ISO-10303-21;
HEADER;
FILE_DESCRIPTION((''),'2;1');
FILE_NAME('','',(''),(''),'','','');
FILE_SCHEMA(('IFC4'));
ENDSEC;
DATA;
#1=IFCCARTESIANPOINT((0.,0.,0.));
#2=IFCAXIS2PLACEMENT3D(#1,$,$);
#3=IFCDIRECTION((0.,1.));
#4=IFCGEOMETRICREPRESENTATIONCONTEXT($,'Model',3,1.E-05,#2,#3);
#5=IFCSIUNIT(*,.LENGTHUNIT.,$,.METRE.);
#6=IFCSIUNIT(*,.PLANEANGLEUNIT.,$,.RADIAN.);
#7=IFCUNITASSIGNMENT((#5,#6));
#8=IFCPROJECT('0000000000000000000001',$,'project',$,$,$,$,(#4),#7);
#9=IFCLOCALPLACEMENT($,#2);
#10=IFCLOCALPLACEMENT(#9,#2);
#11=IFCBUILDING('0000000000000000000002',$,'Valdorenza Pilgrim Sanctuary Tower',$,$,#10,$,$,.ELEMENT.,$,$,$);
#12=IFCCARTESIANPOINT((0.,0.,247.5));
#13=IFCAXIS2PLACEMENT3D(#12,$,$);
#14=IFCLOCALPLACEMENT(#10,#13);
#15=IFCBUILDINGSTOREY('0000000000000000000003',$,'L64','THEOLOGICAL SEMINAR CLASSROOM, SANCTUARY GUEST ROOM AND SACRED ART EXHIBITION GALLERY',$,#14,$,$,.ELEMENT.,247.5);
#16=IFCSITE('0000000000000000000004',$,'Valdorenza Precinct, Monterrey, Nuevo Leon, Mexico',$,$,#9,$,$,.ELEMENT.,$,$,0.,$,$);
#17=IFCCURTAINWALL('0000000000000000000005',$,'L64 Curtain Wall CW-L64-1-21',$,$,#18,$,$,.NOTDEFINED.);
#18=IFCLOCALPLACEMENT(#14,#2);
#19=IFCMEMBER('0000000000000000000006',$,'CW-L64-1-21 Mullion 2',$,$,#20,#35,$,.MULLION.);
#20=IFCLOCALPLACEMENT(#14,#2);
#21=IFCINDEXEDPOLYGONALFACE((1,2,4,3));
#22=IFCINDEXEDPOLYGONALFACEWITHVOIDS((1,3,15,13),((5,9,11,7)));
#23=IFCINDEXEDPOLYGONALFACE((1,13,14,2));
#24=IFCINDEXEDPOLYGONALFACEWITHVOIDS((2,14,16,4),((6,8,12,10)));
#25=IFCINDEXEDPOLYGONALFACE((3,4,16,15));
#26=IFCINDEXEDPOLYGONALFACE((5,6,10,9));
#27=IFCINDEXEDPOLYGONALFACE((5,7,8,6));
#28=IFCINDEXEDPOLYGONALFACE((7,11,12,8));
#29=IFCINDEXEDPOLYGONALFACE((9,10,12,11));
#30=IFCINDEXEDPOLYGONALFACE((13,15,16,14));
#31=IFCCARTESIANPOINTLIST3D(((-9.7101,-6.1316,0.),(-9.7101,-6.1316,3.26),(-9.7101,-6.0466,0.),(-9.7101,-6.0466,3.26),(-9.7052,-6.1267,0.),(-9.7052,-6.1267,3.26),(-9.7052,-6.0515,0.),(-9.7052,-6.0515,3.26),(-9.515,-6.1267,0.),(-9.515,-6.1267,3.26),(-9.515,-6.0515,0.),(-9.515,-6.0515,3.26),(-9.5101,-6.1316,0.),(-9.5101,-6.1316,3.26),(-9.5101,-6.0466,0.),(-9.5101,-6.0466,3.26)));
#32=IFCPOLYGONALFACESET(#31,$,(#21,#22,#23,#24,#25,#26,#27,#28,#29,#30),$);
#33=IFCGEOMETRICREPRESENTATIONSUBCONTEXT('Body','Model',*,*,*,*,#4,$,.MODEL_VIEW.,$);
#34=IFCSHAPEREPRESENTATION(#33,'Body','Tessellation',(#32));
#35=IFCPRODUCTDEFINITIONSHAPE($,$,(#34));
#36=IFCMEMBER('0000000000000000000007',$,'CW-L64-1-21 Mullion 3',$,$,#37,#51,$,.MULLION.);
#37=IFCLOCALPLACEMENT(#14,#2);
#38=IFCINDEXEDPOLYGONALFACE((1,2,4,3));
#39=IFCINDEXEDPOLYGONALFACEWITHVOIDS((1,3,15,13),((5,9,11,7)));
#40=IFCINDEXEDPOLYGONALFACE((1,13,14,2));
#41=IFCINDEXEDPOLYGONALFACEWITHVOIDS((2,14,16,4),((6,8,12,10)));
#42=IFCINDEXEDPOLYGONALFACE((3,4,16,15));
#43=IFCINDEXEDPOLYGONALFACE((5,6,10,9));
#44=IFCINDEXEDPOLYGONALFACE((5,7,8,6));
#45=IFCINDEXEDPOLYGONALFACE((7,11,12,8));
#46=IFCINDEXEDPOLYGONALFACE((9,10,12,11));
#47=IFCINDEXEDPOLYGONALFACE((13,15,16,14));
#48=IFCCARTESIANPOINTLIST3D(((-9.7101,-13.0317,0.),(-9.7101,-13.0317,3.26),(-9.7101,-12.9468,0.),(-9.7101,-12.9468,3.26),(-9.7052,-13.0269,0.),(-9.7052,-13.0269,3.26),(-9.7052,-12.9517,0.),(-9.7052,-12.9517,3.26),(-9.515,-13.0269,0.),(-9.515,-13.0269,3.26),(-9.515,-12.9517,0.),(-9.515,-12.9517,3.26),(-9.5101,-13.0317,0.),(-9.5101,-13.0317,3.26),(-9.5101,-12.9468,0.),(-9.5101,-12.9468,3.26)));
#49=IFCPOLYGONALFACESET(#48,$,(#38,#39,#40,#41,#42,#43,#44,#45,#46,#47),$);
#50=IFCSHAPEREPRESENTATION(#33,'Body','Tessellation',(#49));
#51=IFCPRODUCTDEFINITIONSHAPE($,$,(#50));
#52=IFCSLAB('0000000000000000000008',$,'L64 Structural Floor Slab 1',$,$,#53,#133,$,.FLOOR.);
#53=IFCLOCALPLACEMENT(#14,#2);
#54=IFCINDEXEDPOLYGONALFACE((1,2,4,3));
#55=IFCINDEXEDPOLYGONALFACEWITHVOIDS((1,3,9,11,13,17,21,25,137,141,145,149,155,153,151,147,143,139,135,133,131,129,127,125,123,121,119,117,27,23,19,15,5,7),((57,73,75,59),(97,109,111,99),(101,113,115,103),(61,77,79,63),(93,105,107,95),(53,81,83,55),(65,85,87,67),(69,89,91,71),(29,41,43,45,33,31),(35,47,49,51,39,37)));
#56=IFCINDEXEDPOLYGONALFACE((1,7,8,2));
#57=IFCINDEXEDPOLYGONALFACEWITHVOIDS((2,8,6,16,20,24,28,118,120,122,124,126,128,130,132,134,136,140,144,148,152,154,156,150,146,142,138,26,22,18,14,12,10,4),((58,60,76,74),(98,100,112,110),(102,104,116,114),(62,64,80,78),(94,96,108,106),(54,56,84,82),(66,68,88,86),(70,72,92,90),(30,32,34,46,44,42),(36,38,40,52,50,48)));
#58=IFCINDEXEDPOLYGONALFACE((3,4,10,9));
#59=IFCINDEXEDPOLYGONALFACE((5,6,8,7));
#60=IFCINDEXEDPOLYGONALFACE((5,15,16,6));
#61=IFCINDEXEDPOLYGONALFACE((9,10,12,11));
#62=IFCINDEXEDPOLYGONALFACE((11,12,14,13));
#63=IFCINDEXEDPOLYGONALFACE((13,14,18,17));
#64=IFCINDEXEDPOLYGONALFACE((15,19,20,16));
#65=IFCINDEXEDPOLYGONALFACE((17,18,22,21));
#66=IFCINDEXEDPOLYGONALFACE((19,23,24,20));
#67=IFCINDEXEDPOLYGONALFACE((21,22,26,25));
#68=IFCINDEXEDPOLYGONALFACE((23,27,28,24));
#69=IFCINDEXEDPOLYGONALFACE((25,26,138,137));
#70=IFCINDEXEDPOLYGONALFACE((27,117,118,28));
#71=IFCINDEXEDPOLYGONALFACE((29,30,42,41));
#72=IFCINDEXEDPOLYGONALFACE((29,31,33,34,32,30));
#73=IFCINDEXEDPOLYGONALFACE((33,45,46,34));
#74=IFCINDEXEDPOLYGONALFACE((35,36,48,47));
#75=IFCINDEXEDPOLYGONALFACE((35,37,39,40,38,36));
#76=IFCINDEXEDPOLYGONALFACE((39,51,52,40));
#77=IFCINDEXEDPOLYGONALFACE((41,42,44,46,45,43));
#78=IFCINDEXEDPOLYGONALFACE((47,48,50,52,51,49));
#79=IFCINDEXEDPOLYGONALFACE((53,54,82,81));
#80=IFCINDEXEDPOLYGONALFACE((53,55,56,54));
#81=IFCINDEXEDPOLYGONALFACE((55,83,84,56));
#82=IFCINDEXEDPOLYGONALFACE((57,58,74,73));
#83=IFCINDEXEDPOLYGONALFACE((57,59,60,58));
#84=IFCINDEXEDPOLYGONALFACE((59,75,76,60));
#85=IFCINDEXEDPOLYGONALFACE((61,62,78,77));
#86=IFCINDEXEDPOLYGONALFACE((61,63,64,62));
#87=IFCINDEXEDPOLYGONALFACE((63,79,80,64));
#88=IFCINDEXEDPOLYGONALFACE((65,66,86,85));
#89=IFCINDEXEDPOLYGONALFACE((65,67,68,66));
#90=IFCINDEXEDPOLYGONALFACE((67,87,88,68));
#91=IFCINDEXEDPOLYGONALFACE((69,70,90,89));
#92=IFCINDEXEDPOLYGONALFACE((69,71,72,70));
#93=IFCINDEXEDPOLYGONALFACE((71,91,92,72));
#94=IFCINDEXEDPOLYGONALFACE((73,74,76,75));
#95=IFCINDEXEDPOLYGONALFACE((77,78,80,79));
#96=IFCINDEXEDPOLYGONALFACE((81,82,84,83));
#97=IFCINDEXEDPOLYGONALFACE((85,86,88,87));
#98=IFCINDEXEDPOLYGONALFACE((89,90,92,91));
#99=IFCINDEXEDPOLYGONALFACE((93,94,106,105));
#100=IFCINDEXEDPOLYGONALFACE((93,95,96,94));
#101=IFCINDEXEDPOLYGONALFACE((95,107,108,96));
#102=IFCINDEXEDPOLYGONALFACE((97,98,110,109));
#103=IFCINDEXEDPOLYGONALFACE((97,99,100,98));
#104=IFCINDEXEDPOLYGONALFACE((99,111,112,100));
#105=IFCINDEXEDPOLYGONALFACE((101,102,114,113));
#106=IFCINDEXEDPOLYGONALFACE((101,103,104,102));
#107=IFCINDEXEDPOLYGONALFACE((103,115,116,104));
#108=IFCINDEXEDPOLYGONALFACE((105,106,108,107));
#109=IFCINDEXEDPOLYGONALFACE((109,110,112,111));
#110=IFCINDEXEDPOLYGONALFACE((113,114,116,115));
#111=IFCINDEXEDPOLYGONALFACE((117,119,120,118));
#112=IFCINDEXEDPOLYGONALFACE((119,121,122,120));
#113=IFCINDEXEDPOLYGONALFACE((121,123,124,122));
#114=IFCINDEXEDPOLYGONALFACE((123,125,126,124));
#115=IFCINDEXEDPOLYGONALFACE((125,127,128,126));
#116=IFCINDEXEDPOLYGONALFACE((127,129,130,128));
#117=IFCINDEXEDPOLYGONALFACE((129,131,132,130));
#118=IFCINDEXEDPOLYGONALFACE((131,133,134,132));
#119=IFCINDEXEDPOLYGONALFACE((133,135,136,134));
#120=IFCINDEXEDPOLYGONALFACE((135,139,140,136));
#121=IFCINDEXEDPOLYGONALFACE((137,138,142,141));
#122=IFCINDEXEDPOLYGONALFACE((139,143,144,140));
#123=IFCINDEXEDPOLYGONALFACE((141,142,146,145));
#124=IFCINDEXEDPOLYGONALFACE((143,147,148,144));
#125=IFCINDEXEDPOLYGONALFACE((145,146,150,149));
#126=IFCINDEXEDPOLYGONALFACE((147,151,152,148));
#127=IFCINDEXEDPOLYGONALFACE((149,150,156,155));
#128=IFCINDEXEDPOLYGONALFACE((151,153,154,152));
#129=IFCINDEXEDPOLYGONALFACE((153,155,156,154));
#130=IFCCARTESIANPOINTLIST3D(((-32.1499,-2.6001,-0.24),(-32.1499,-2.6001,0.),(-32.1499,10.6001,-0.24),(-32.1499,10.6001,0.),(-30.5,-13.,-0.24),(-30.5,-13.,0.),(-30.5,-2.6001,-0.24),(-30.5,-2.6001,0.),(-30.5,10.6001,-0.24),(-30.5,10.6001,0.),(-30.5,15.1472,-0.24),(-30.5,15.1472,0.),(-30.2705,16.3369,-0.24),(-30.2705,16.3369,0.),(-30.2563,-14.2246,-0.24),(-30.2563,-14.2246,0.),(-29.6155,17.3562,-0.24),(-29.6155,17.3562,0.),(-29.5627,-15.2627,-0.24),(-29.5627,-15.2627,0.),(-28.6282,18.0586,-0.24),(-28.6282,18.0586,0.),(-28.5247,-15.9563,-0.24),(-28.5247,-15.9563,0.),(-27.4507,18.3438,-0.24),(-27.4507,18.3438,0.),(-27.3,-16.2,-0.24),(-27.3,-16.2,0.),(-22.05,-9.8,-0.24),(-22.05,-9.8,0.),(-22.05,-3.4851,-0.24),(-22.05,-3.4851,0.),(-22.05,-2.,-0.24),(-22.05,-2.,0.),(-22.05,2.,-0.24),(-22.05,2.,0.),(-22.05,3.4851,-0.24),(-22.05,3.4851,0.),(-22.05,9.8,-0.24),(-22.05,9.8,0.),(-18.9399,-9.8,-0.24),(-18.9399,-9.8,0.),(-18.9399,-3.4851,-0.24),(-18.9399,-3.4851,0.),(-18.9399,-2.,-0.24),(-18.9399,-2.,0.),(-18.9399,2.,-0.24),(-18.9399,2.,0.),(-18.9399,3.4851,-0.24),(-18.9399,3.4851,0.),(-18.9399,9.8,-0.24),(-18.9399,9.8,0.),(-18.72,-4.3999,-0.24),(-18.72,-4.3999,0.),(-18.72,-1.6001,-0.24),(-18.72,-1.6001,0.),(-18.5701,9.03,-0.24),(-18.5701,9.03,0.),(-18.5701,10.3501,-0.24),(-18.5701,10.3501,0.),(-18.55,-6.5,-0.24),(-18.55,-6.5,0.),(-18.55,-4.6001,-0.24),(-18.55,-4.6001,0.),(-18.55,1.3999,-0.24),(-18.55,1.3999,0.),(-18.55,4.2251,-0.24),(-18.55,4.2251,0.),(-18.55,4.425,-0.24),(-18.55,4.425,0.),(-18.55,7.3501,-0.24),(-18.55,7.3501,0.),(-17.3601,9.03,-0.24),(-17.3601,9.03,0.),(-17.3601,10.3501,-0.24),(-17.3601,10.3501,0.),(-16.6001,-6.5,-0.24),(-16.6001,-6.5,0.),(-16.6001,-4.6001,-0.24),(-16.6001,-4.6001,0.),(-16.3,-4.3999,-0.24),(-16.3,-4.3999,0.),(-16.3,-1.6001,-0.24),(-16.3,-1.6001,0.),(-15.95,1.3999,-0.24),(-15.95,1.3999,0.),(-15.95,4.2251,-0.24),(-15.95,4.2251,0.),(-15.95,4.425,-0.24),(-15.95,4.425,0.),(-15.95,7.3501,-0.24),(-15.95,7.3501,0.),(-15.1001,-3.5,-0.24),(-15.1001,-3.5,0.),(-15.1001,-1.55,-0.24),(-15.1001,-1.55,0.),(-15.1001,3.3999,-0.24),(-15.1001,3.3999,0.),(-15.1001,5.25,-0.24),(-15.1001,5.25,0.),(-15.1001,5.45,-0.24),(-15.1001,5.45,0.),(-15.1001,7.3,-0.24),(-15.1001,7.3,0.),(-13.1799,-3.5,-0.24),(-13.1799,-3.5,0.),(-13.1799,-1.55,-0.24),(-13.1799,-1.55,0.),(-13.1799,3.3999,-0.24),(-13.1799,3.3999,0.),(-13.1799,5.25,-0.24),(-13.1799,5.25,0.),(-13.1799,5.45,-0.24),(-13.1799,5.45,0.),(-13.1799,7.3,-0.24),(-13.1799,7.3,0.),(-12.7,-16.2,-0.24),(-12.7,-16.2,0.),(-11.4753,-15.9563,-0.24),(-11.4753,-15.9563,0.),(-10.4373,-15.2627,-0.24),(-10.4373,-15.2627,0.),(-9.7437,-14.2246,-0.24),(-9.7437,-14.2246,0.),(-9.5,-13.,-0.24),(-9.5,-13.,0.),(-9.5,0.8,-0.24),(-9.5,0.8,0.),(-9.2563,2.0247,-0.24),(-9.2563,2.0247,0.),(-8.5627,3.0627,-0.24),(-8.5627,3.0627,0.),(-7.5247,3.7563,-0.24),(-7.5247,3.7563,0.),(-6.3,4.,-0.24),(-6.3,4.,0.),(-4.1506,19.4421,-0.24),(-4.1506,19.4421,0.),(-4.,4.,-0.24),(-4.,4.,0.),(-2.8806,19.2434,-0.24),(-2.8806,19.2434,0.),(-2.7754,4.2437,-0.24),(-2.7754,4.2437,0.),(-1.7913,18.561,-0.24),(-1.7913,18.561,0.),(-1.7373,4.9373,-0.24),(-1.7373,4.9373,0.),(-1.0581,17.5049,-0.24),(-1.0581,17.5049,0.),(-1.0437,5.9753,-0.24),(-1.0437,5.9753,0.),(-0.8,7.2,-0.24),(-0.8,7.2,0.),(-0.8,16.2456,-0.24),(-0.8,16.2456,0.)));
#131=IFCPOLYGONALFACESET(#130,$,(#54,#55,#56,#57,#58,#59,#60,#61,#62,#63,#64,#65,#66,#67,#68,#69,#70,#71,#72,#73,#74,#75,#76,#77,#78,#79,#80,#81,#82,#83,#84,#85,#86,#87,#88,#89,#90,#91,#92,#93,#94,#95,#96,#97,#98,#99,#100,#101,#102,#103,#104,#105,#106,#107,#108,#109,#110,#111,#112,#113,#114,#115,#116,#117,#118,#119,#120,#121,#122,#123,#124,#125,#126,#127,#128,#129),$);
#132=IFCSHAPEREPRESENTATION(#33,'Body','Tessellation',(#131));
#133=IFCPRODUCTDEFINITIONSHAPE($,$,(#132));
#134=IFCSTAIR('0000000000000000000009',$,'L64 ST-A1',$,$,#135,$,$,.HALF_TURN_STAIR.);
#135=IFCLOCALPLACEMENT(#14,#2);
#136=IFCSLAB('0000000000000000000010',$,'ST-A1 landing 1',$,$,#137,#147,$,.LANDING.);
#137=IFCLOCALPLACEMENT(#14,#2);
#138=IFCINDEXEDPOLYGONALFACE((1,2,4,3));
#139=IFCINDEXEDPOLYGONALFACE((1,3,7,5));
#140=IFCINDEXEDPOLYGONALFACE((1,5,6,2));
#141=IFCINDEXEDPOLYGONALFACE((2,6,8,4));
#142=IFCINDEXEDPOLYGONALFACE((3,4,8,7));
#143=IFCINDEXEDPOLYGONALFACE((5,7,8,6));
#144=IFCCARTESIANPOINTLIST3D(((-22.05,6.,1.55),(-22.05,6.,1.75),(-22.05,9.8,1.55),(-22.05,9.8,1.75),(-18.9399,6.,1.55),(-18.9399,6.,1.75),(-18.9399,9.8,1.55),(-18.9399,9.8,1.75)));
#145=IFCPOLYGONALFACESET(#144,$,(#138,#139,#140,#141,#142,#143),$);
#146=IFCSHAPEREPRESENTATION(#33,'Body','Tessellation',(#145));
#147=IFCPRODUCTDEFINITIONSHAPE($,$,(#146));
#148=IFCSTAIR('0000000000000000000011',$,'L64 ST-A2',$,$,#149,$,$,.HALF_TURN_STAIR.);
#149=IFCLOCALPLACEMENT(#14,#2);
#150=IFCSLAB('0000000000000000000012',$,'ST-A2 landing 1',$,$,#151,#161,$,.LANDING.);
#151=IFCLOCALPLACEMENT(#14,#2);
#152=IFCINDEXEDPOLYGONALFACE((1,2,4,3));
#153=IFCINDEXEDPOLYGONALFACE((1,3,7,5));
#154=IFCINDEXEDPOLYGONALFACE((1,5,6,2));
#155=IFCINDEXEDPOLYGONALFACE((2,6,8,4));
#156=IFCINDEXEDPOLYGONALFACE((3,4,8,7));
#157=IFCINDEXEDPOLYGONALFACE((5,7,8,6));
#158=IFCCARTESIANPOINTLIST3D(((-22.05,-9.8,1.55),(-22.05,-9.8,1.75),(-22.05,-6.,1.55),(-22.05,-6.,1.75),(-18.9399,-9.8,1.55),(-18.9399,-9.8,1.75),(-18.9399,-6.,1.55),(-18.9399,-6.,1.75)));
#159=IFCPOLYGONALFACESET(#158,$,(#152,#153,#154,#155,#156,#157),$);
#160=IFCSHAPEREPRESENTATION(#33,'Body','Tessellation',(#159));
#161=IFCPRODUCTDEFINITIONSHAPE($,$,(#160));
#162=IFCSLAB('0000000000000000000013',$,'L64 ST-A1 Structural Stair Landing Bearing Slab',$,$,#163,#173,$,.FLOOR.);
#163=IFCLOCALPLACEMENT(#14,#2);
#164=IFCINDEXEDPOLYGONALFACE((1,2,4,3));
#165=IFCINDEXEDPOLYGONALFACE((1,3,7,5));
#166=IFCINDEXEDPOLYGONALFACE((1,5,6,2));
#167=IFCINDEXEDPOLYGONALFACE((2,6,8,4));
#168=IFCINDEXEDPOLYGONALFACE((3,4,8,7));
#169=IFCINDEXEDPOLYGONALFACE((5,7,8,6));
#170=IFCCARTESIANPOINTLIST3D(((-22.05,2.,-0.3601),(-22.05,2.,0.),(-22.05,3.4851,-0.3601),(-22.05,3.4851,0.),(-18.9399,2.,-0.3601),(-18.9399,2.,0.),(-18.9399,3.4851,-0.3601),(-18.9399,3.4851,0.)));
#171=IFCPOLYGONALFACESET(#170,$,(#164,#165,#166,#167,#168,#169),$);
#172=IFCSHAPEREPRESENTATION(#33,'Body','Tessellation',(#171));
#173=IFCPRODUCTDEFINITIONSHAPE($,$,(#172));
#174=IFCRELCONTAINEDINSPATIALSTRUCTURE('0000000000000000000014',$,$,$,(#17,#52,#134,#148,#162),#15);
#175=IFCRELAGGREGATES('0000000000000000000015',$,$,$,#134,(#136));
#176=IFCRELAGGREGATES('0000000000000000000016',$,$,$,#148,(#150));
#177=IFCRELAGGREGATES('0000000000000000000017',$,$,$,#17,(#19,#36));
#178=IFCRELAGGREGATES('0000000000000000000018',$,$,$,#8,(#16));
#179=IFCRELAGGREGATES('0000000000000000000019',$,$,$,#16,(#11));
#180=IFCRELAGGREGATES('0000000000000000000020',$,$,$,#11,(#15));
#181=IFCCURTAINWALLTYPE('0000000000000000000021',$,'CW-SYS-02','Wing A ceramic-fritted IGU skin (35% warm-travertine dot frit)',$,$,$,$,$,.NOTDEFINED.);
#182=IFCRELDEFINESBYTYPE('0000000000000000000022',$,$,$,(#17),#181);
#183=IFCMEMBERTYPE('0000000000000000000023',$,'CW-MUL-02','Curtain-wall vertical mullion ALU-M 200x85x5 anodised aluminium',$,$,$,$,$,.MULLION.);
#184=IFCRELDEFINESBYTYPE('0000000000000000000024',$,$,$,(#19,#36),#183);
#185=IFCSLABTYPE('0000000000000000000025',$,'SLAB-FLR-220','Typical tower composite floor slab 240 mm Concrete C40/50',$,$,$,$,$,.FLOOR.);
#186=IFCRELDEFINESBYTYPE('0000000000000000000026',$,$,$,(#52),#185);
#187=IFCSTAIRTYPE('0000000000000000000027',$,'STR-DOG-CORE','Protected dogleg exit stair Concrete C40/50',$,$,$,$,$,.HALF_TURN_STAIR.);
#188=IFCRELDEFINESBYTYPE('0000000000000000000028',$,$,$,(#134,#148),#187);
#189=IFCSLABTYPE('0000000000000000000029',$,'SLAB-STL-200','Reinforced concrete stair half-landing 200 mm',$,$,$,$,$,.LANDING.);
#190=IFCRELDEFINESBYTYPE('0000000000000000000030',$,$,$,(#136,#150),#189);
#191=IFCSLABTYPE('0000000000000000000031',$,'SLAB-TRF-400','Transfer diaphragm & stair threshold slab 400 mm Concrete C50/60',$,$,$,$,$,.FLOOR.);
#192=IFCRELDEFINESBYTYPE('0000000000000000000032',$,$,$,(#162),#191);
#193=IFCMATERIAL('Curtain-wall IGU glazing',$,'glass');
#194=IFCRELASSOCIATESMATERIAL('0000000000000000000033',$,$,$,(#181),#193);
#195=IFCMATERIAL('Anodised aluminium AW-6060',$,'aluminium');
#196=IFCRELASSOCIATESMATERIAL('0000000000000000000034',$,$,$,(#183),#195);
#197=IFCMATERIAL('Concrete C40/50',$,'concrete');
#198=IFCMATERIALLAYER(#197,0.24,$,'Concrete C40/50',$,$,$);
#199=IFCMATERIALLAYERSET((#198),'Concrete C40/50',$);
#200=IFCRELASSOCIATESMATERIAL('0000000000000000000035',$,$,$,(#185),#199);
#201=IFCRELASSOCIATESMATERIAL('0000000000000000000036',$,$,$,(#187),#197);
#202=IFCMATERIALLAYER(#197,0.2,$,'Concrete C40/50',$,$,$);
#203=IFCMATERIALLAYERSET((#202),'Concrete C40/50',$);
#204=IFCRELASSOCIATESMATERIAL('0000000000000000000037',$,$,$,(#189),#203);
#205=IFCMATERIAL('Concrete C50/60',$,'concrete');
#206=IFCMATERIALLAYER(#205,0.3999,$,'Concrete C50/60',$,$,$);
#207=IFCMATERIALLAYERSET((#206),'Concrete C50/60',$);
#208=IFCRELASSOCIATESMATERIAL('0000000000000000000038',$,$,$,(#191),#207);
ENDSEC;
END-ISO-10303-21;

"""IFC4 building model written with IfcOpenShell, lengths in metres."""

from ifc_helpers import new_model, si_unit, direction, frame, origin, origin_2d, place, context, subcontext, project, spatial, polyline, hollow_rectangle, outline, extrude, source, transform, mapped, material, layer, layer_set, material_profile, profile_set, type_object, element, aggregate, save


model = new_model("IFC4")

# Units and contexts
model_context = context("Model", 3, precision=1e-05, world=origin(), true_north=direction((0.0, 1.0)))
body_context = subcontext(model_context, "Body", "Model", "MODEL_VIEW")
ifc_project = project(units=[si_unit("LENGTHUNIT", "METRE"), si_unit("PLANEANGLEUNIT", "RADIAN")], contexts=[model_context])

# Site, building, storey
site_placement = place(None, origin())
site = spatial("IfcSite", under=ifc_project, at=site_placement, Name="Valdorenza Precinct, Monterrey, Nuevo Leon, Mexico", CompositionType="ELEMENT", RefElevation=0.0)
building_placement = place(site_placement, origin())
building = spatial("IfcBuilding", under=site, at=building_placement, Name="Valdorenza Pilgrim Sanctuary Tower", CompositionType="ELEMENT")
storey_placement = place(building_placement, frame((0.0, 0.0, 247.5)))
storey = spatial("IfcBuildingStorey", under=building, at=storey_placement, Name="L64", Description="THEOLOGICAL SEMINAR CLASSROOM, SANCTUARY GUEST ROOM AND SACRED ART EXHIBITION GALLERY", CompositionType="ELEMENT", Elevation=247.5)

# Curtain wall, members
ifc_material_1 = material(Name="Curtain-wall IGU glazing", Category="glass")
curtain_wall_type = type_object("IfcCurtainWallType", Name="CW-SYS-02", Description="Wing A ceramic-fritted IGU skin (35% warm-travertine dot frit)", PredefinedType="NOTDEFINED", material=ifc_material_1)
curtain_wall_placement = place(storey_placement, origin())
curtain_wall = element("IfcCurtainWall", 1, at=curtain_wall_placement, inside=storey, type_object=curtain_wall_type, Name="L64 Curtain Wall CW-L64-1-21", PredefinedType="NOTDEFINED")
ifc_material_2 = material(Name="Anodised aluminium AW-6060", Category="aluminium")
ifc_material_profile = material_profile(ifc_material_2, hollow_rectangle(XDim=0.085, YDim=0.2, WallThickness=0.0049, at=origin_2d()), Name="ALU-M 200x85x5")
ifc_profile_set = profile_set([ifc_material_profile], Name="Anodised aluminium AW-6060")
member_type = type_object("IfcMemberType", Name="CW-MUL-02", Description="Curtain-wall vertical mullion ALU-M 200x85x5 anodised aluminium", PredefinedType="MULLION", material=ifc_profile_set)
shared_shape_1 = source(origin(), body_context, "Body", "SweptSolid", [
    extrude(hollow_rectangle(XDim=0.085, YDim=0.2, WallThickness=0.0049, at=origin_2d()), origin(), (0.0, 0.0, 1.0), 3.26),
])
member_1_placement = place(storey_placement, frame((-9.6101, -6.0891, 0.0), z_axis=(0.0, 0.0, 1.0), x_axis=(0.0, -1.0, 0.0)))
member_1 = element("IfcMember", 2, at=member_1_placement, type_object=member_type, Name="CW-L64-1-21 Mullion 2", PredefinedType="MULLION", context=body_context, shape_type="MappedRepresentation", body=[
    mapped(shared_shape_1, transform((0.0, 0.0, 0.0), x_axis=(1.0, 0.0, 0.0), y_axis=(0.0, 1.0, 0.0), z_axis=(0.0, 0.0, 1.0), scale=1.0)),
])
member_2_placement = place(storey_placement, frame((-9.6101, -12.9893, 0.0), z_axis=(0.0, 0.0, 1.0), x_axis=(0.0, -1.0, 0.0)))
member_2 = element("IfcMember", 3, at=member_2_placement, type_object=member_type, Name="CW-L64-1-21 Mullion 3", PredefinedType="MULLION", context=body_context, shape_type="MappedRepresentation", body=[
    mapped(shared_shape_1, transform((0.0, 0.0, 0.0), x_axis=(1.0, 0.0, 0.0), y_axis=(0.0, 1.0, 0.0), z_axis=(0.0, 0.0, 1.0), scale=1.0)),
])

# Slab
ifc_material_3 = material(Name="Concrete C40/50", Category="concrete")
ifc_layer_1 = layer(ifc_material_3, 0.24, Name="Concrete C40/50")
ifc_layer_set_1 = layer_set([ifc_layer_1], Name="Concrete C40/50")
slab_type_1 = type_object("IfcSlabType", Name="SLAB-FLR-220", Description="Typical tower composite floor slab 240 mm Concrete C40/50", PredefinedType="FLOOR", material=ifc_layer_set_1)
slab_1_placement = place(storey_placement, frame((0.0, 0.0, -0.24)))
element("IfcSlab", 4, at=slab_1_placement, inside=storey, type_object=slab_type_1, Name="L64 Structural Floor Slab 1", PredefinedType="FLOOR", context=body_context, shape_type="SweptSolid", body=[
    extrude(outline(polyline([(-30.2705, 16.3369), (-29.6155, 17.3562), (-28.6282, 18.0586), (-27.4507, 18.3438), (-4.1506, 19.4421), (-2.8806, 19.2434), (-1.7913, 18.561), (-1.0581, 17.5049), (-0.8, 16.2456), (-0.8, 7.2), (-1.0437, 5.9753), (-1.7373, 4.9373), (-2.7754, 4.2437), (-4.0, 4.0), (-6.3, 4.0), (-7.5247, 3.7563), (-8.5627, 3.0627), (-9.2563, 2.0247), (-9.5, 0.8), (-9.5, -13.0), (-9.7437, -14.2246), (-10.4373, -15.2627), (-11.4753, -15.9563), (-12.7, -16.2), (-27.3, -16.2), (-28.5247, -15.9563), (-29.5627, -15.2627), (-30.2563, -14.2246), (-30.5, -13.0), (-30.5, -2.6001), (-32.1499, -2.6001), (-32.1499, 10.6001), (-30.5, 10.6001), (-30.5, 15.1472), (-30.2705, 16.3369)]), holes=[polyline([(-22.05, -9.8), (-18.9399, -9.8), (-18.9399, -3.4851), (-18.9399, -2.0), (-22.05, -2.0), (-22.05, -3.4851), (-22.05, -9.8)]), polyline([(-16.6001, -6.5), (-16.6001, -4.6001), (-18.55, -4.6001), (-18.55, -6.5), (-16.6001, -6.5)]), polyline([(-22.05, 2.0), (-18.9399, 2.0), (-18.9399, 3.4851), (-18.9399, 9.8), (-22.05, 9.8), (-22.05, 3.4851), (-22.05, 2.0)]), polyline([(-17.3601, 9.03), (-17.3601, 10.3501), (-18.5701, 10.3501), (-18.5701, 9.03), (-17.3601, 9.03)]), polyline([(-16.3, -1.6001), (-18.72, -1.6001), (-18.72, -4.3999), (-16.3, -4.3999), (-16.3, -1.6001)]), polyline([(-13.1799, -3.5), (-13.1799, -1.55), (-15.1001, -1.55), (-15.1001, -3.5), (-13.1799, -3.5)]), polyline([(-15.95, 1.3999), (-15.95, 4.2251), (-18.55, 4.2251), (-18.55, 1.3999), (-15.95, 1.3999)]), polyline([(-13.1799, 5.25), (-15.1001, 5.25), (-15.1001, 3.3999), (-13.1799, 3.3999), (-13.1799, 5.25)]), polyline([(-15.95, 4.425), (-15.95, 7.3501), (-18.55, 7.3501), (-18.55, 4.425), (-15.95, 4.425)]), polyline([(-13.1799, 5.45), (-13.1799, 7.3), (-15.1001, 7.3), (-15.1001, 5.45), (-13.1799, 5.45)])]), origin(), (0.0, 0.0, 1.0), 0.24),
])

# Stairs, slabs
stair_type = type_object("IfcStairType", Name="STR-DOG-CORE", Description="Protected dogleg exit stair Concrete C40/50", PredefinedType="HALF_TURN_STAIR", material=ifc_material_3)
stair_1_placement = place(storey_placement, origin())
stair_1 = element("IfcStair", 5, at=stair_1_placement, inside=storey, type_object=stair_type, Name="L64 ST-A1", PredefinedType="HALF_TURN_STAIR")
ifc_layer_2 = layer(ifc_material_3, 0.2, Name="Concrete C40/50")
ifc_layer_set_2 = layer_set([ifc_layer_2], Name="Concrete C40/50")
slab_type_2 = type_object("IfcSlabType", Name="SLAB-STL-200", Description="Reinforced concrete stair half-landing 200 mm", PredefinedType="LANDING", material=ifc_layer_set_2)
slab_2_placement = place(storey_placement, frame((0.0, 0.0, 1.55)))
slab_2 = element("IfcSlab", 6, at=slab_2_placement, type_object=slab_type_2, Name="ST-A1 landing 1", PredefinedType="LANDING", context=body_context, shape_type="SweptSolid", body=[
    extrude(outline(polyline([(-18.9399, 6.0), (-18.9399, 9.8), (-22.05, 9.8), (-22.05, 6.0), (-18.9399, 6.0)])), origin(), (0.0, 0.0, 1.0), 0.2),
])
aggregate(stair_1, [slab_2])
stair_2_placement = place(storey_placement, origin())
stair_2 = element("IfcStair", 7, at=stair_2_placement, inside=storey, type_object=stair_type, Name="L64 ST-A2", PredefinedType="HALF_TURN_STAIR")
slab_3_placement = place(storey_placement, frame((0.0, 0.0, 1.55)))
slab_3 = element("IfcSlab", 8, at=slab_3_placement, type_object=slab_type_2, Name="ST-A2 landing 1", PredefinedType="LANDING", context=body_context, shape_type="SweptSolid", body=[
    extrude(outline(polyline([(-22.05, -6.0), (-22.05, -9.8), (-18.9399, -9.8), (-18.9399, -6.0), (-22.05, -6.0)])), origin(), (0.0, 0.0, 1.0), 0.2),
])
aggregate(stair_2, [slab_3])

# Slab
ifc_material_4 = material(Name="Concrete C50/60", Category="concrete")
ifc_layer_3 = layer(ifc_material_4, 0.3999, Name="Concrete C50/60")
ifc_layer_set_3 = layer_set([ifc_layer_3], Name="Concrete C50/60")
slab_type_3 = type_object("IfcSlabType", Name="SLAB-TRF-400", Description="Transfer diaphragm & stair threshold slab 400 mm Concrete C50/60", PredefinedType="FLOOR", material=ifc_layer_set_3)
slab_4_placement = place(storey_placement, frame((0.0, 0.0, -0.3601)))
element("IfcSlab", 9, at=slab_4_placement, inside=storey, type_object=slab_type_3, Name="L64 ST-A1 Structural Stair Landing Bearing Slab", PredefinedType="FLOOR", context=body_context, shape_type="SweptSolid", body=[
    extrude(outline(polyline([(-22.05, 2.0), (-18.9399, 2.0), (-18.9399, 3.4851), (-22.05, 3.4851), (-22.05, 2.0)])), origin(), (0.0, 0.0, 1.0), 0.3601),
])

aggregate(curtain_wall, [member_1, member_2])

save(model, "model.ifc")
